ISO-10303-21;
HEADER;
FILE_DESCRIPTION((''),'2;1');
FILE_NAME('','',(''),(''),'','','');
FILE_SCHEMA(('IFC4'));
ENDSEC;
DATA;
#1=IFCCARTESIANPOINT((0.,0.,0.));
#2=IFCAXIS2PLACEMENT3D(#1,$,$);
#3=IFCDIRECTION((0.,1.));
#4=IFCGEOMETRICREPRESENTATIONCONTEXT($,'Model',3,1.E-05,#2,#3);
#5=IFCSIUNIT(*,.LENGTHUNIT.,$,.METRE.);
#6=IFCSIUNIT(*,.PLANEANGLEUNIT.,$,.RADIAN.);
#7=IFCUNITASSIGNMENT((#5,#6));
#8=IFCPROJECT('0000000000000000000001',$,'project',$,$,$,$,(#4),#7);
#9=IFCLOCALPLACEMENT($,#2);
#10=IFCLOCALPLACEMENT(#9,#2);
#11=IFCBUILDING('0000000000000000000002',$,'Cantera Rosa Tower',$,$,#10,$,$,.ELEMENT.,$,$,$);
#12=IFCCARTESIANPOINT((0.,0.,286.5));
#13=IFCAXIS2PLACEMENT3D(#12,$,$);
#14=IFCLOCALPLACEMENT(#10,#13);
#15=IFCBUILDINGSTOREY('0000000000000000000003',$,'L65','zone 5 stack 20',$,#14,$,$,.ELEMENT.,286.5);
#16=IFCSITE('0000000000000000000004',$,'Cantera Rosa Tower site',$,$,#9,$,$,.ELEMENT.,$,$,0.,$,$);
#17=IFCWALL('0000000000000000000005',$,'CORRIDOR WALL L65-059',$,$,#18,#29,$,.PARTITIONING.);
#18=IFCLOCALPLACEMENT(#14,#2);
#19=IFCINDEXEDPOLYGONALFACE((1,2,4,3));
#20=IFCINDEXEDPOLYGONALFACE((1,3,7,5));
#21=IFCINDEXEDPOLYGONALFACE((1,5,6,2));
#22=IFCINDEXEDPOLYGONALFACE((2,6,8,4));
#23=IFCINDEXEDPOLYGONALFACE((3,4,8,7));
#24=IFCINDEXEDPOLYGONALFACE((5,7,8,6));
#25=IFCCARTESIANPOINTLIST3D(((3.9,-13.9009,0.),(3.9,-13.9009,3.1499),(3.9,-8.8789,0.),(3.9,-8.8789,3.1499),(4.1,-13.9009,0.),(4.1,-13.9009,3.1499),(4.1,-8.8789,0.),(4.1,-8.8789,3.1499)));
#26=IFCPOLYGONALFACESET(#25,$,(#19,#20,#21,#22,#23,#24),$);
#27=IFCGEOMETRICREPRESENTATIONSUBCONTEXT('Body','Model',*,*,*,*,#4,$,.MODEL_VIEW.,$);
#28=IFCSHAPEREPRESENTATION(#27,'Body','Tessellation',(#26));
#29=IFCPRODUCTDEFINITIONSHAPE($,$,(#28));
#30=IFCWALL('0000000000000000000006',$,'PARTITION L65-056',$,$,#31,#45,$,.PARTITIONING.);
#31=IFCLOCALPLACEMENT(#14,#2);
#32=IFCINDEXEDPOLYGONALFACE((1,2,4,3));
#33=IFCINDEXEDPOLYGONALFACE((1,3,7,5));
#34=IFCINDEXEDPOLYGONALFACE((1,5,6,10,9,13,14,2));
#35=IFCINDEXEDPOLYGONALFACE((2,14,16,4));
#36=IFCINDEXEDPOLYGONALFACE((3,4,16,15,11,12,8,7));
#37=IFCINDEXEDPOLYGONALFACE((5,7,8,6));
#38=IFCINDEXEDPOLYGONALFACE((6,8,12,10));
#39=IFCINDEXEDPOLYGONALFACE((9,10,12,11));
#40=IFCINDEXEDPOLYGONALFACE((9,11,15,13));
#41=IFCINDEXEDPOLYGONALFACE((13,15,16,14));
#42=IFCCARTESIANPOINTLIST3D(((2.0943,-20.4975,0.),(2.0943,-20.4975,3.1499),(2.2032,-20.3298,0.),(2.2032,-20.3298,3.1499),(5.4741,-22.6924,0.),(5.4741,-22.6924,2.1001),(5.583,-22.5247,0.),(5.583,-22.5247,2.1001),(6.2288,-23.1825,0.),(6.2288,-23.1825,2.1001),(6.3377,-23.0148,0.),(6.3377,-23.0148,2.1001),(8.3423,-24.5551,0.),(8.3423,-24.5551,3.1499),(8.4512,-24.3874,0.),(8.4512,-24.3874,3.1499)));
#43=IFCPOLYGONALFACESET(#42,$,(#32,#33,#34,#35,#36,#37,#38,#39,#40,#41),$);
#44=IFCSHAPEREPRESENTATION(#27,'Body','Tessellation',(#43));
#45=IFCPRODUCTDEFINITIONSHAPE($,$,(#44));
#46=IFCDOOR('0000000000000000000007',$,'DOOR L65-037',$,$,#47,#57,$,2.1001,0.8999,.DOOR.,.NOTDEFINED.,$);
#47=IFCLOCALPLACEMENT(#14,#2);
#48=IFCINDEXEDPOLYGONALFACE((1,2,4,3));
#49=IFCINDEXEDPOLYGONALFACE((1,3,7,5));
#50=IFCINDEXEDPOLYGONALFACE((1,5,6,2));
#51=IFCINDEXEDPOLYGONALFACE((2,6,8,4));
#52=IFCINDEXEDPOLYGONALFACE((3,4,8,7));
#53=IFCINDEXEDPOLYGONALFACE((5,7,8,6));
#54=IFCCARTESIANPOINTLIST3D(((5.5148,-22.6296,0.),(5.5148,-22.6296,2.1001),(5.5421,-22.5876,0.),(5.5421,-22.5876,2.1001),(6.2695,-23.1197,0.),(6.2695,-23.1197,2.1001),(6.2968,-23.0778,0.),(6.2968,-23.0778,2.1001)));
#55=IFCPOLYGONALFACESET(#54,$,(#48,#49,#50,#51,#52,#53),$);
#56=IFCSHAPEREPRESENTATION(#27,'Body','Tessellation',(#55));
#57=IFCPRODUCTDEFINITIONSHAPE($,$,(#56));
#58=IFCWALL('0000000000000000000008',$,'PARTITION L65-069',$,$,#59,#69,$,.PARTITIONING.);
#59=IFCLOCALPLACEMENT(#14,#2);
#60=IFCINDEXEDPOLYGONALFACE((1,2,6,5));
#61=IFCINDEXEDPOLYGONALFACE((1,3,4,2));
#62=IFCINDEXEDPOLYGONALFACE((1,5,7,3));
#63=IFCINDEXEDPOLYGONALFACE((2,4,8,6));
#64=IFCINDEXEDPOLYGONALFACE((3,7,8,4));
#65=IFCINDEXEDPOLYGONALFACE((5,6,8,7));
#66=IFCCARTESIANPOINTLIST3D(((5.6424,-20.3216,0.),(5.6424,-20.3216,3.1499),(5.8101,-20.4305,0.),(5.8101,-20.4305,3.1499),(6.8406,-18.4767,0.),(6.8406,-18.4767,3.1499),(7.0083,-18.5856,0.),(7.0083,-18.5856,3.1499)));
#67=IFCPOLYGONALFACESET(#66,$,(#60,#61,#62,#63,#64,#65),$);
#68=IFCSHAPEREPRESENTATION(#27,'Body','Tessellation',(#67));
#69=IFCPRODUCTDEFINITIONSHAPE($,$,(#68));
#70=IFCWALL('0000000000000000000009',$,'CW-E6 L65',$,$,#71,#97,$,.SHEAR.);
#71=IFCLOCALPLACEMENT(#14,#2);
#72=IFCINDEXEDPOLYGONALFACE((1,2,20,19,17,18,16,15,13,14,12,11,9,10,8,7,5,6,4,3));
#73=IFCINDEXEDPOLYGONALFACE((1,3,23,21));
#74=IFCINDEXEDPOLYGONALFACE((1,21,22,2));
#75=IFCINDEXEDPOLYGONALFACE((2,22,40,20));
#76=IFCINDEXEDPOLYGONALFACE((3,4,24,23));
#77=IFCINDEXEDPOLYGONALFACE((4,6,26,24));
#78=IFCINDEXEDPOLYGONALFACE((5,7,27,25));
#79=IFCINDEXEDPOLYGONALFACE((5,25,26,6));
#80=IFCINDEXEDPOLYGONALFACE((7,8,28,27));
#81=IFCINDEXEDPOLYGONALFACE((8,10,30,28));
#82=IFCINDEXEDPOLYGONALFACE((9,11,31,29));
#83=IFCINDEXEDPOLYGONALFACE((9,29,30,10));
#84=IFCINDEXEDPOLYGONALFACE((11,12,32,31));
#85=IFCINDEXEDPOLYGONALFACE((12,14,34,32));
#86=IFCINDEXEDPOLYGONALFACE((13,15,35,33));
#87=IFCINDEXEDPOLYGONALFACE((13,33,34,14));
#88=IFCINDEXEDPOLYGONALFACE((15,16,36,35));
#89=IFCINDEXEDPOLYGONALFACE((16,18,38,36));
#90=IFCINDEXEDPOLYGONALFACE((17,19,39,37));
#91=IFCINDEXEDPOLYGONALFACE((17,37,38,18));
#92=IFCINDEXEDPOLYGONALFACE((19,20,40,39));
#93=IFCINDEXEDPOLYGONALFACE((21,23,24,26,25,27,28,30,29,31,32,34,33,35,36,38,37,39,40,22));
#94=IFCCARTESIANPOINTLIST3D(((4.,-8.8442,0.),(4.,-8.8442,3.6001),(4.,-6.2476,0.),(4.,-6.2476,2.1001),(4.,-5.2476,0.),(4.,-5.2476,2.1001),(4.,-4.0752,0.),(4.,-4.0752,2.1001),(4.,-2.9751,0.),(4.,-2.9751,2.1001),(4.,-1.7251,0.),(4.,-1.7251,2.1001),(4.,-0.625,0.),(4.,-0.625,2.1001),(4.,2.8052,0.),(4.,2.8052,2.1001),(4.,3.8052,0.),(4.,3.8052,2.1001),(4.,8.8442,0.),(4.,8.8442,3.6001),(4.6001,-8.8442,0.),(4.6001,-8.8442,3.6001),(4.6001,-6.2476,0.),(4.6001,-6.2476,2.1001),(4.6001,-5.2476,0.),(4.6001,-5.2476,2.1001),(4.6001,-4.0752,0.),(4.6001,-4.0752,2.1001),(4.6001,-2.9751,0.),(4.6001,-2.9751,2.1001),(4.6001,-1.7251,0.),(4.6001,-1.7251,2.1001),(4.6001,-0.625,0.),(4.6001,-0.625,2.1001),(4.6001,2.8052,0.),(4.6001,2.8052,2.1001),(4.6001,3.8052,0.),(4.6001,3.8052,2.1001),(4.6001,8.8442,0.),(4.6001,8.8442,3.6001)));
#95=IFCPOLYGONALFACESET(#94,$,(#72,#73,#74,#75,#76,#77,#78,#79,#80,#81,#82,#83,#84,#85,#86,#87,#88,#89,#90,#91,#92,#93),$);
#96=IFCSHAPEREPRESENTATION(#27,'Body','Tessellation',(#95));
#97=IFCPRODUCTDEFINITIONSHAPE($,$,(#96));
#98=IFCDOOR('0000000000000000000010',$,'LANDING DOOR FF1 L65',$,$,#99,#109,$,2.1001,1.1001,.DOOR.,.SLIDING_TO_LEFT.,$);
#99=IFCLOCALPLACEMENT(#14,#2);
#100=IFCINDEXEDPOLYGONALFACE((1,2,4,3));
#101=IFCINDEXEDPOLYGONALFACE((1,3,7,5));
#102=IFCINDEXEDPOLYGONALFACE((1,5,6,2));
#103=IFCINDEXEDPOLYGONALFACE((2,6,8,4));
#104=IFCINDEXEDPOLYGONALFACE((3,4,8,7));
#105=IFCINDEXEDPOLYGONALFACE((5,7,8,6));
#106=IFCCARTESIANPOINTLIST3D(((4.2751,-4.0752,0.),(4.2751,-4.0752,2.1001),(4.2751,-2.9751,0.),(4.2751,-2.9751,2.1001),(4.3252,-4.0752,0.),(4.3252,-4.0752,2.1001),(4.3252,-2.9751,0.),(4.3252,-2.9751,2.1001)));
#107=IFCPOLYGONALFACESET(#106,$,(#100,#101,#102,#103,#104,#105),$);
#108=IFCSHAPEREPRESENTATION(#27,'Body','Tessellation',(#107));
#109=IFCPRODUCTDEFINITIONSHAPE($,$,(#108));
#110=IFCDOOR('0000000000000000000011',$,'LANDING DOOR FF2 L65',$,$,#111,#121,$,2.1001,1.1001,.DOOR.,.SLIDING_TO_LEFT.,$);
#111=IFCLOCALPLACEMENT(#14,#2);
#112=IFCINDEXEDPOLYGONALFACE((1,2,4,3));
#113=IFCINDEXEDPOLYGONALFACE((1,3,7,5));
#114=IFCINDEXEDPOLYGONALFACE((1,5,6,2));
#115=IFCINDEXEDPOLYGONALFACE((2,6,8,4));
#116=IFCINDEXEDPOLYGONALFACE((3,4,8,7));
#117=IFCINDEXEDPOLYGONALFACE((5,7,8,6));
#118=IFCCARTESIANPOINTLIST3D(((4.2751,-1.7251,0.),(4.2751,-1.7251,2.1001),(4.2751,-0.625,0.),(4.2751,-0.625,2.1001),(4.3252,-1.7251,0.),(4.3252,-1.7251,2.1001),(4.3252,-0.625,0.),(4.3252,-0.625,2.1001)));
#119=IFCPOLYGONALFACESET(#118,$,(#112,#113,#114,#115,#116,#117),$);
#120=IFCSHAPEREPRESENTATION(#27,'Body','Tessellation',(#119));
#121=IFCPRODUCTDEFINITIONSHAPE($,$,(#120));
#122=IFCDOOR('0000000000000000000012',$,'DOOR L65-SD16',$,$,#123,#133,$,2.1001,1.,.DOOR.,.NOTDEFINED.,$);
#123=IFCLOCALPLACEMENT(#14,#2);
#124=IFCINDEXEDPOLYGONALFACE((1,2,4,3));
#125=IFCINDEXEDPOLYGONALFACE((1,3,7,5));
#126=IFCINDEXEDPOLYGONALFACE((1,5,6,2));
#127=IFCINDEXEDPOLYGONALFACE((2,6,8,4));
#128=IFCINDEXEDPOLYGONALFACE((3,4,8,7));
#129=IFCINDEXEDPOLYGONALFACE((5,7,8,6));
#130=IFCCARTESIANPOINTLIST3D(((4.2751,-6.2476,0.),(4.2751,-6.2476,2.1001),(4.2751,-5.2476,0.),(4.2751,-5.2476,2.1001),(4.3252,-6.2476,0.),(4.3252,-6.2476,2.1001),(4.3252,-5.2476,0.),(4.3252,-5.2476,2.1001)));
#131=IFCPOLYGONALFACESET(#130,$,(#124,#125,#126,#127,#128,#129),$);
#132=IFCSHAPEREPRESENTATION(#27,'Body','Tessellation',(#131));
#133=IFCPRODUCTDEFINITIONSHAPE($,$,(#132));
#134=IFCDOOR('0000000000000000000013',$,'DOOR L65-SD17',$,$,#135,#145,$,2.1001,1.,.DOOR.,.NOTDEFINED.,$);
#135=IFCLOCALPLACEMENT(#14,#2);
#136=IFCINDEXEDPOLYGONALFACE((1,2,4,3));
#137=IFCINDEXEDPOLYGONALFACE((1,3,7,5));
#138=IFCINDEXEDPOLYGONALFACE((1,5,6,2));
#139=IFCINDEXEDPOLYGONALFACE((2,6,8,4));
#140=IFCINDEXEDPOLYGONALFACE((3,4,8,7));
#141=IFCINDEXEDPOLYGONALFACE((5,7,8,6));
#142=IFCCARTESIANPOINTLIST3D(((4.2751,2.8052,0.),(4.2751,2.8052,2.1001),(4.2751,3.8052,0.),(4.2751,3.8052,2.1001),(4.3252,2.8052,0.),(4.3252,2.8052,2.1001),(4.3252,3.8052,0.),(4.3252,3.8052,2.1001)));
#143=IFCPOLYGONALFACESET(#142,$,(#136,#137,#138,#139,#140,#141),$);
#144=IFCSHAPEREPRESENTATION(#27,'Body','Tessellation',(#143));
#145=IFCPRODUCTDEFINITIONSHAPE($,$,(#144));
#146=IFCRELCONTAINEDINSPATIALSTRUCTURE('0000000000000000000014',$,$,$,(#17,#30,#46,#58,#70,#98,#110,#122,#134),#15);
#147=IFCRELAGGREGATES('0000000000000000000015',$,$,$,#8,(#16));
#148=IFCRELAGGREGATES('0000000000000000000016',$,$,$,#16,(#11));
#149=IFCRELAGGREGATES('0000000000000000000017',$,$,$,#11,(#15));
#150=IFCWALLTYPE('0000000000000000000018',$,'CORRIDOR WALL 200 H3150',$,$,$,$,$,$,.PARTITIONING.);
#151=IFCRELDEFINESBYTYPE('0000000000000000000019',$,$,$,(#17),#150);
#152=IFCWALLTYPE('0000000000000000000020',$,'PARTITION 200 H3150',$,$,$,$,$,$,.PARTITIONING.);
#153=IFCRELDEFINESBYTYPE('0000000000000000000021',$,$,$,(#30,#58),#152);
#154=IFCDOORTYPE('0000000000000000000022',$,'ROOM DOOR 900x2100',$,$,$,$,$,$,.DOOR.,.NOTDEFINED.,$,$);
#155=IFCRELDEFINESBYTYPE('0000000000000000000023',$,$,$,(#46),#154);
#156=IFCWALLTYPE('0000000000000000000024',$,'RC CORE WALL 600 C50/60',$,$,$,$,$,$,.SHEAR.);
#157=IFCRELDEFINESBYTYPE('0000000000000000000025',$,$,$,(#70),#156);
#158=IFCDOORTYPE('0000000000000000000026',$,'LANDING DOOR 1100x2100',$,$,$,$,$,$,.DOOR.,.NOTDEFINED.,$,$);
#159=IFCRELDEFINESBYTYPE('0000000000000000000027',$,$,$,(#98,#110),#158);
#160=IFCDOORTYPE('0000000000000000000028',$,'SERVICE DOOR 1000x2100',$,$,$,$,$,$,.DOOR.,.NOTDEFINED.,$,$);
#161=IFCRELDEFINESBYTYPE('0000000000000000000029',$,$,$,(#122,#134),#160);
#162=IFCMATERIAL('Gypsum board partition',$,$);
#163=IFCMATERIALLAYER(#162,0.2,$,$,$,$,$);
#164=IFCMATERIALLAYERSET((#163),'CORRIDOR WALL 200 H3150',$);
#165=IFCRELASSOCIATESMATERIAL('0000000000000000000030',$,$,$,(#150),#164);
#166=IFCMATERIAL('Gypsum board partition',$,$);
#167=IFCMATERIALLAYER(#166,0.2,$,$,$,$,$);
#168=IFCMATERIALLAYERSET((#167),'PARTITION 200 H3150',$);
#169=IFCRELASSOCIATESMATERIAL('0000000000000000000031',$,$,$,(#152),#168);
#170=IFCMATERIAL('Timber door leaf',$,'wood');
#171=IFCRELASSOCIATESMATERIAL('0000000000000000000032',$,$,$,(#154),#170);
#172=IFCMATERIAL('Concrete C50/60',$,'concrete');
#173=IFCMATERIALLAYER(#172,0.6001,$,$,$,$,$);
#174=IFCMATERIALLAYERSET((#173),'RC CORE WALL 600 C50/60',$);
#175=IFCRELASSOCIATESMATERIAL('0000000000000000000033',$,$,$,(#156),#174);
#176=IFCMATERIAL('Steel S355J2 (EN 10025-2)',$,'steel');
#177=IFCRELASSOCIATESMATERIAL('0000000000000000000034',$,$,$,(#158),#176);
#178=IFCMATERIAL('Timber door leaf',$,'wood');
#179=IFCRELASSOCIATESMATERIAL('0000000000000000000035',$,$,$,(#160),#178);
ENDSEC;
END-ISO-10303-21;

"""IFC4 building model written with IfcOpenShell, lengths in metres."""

from ifc_helpers import new_model, si_unit, direction, frame, frame_2d, origin, place, context, subcontext, project, spatial, rectangle, extrude, material, layer, layer_set, type_object, element, fill, save


model = new_model("IFC4")

# Units and contexts
model_context = context("Model", 3, precision=1e-05, world=origin(), true_north=direction((0.0, 1.0)))
body_context = subcontext(model_context, "Body", "Model", "MODEL_VIEW")
ifc_project = project(units=[si_unit("LENGTHUNIT", "METRE"), si_unit("PLANEANGLEUNIT", "RADIAN")], contexts=[model_context])

# Site, building, storey
site_placement = place(None, origin())
site = spatial("IfcSite", under=ifc_project, at=site_placement, Name="Cantera Rosa Tower site", CompositionType="ELEMENT", RefElevation=0.0)
building_placement = place(site_placement, origin())
building = spatial("IfcBuilding", under=site, at=building_placement, Name="Cantera Rosa Tower", CompositionType="ELEMENT")
storey_placement = place(building_placement, frame((0.0, 0.0, 286.5)))
storey = spatial("IfcBuildingStorey", under=building, at=storey_placement, Name="L65", Description="zone 5 stack 20", CompositionType="ELEMENT", Elevation=286.5)

# Shared definitions
ifc_material_1 = material(Name="Gypsum board partition")
ifc_layer_1 = layer(ifc_material_1, 0.2)
ifc_layer_set_1 = layer_set([ifc_layer_1], Name="CORRIDOR WALL 200 H3150")
wall_type_1 = type_object("IfcWallType", Name="CORRIDOR WALL 200 H3150", PredefinedType="PARTITIONING", material=ifc_layer_set_1)

# Wall
wall_1_placement = place(storey_placement, frame((4.0, -13.9009, 0.0), z_axis=(0.0, 0.0, 1.0), x_axis=(0.0, 1.0, 0.0)))
element("IfcWall", 1, at=wall_1_placement, inside=storey, type_object=wall_type_1, Name="CORRIDOR WALL L65-059", PredefinedType="PARTITIONING", context=body_context, shape_type="SweptSolid", body=[
    extrude(rectangle(XDim=5.022, YDim=0.2, at=frame_2d((2.511, 0.0))), origin(), (0.0, 0.0, 1.0), 3.1499),
])

# Wall, opening, door
ifc_material_2 = material(Name="Gypsum board partition")
ifc_layer_2 = layer(ifc_material_2, 0.2)
ifc_layer_set_2 = layer_set([ifc_layer_2], Name="PARTITION 200 H3150")
wall_type_2 = type_object("IfcWallType", Name="PARTITION 200 H3150", PredefinedType="PARTITIONING", material=ifc_layer_set_2)
wall_2_placement = place(storey_placement, frame((2.1487, -20.4136, 0.0), z_axis=(0.0, 0.0, 1.0), x_axis=(0.838665, -0.544647, 0.0)))
wall_2 = element("IfcWall", 2, at=wall_2_placement, inside=storey, type_object=wall_type_2, Name="PARTITION L65-056", PredefinedType="PARTITIONING", context=body_context, shape_type="SweptSolid", body=[
    extrude(rectangle(XDim=7.45, YDim=0.2, at=frame_2d((3.7251, 0.0))), origin(), (0.0, 0.0, 1.0), 3.1499),
])
opening_1_placement = place(wall_2_placement, frame((4.03, 0.0, 0.0)))
opening_1 = element("IfcOpeningElement", 3, at=opening_1_placement, cuts=wall_2, PredefinedType="OPENING", context=body_context, shape_type="SweptSolid", body=[
    extrude(rectangle(XDim=0.8999, YDim=2.1001, at=frame_2d((0.45, 1.05))), frame((0.0, 0.1099, 0.0), z_axis=(0.0, -1.0, 0.0), x_axis=(1.0, 0.0, 0.0)), (0.0, 0.0, 1.0), 0.22),
])
ifc_material_3 = material(Name="Timber door leaf", Category="wood")
door_type_1 = type_object("IfcDoorType", Name="ROOM DOOR 900x2100", OperationType="NOTDEFINED", PredefinedType="DOOR", material=ifc_material_3)
door_1_placement = place(opening_1_placement, origin())
door_1 = element("IfcDoor", 4, at=door_1_placement, inside=storey, type_object=door_type_1, Name="DOOR L65-037", OperationType="NOTDEFINED", OverallHeight=2.1001, OverallWidth=0.8999, PredefinedType="DOOR", context=body_context, shape_type="SweptSolid", body=[
    extrude(rectangle(XDim=0.8999, YDim=2.1001, at=frame_2d((0.45, 1.05))), frame((0.0, 0.0249, 0.0), z_axis=(0.0, -1.0, 0.0), x_axis=(1.0, 0.0, 0.0)), (0.0, 0.0, 1.0), 0.05),
])
fill(opening_1, door_1)

# Wall
wall_3_placement = place(storey_placement, frame((6.9246, -18.531, 0.0), z_axis=(0.0, 0.0, 1.0), x_axis=(-0.544672, -0.838649, 0.0)))
element("IfcWall", 5, at=wall_3_placement, inside=storey, type_object=wall_type_2, Name="PARTITION L65-069", PredefinedType="PARTITIONING", context=body_context, shape_type="SweptSolid", body=[
    extrude(rectangle(XDim=2.2, YDim=0.2, at=frame_2d((1.1001, 0.0))), origin(), (0.0, 0.0, 1.0), 3.1499),
])

# Wall, openings, doors
ifc_material_4 = material(Name="Concrete C50/60", Category="concrete")
ifc_layer_3 = layer(ifc_material_4, 0.6001)
ifc_layer_set_3 = layer_set([ifc_layer_3], Name="RC CORE WALL 600 C50/60")
wall_type_3 = type_object("IfcWallType", Name="RC CORE WALL 600 C50/60", PredefinedType="SHEAR", material=ifc_layer_set_3)
wall_4_placement = place(storey_placement, frame((4.3, -8.8442, 0.0), z_axis=(0.0, 0.0, 1.0), x_axis=(0.0, 1.0, 0.0)))
wall_4 = element("IfcWall", 6, at=wall_4_placement, inside=storey, type_object=wall_type_3, Name="CW-E6 L65", PredefinedType="SHEAR", context=body_context, shape_type="SweptSolid", body=[
    extrude(rectangle(XDim=17.6885, YDim=0.6001, at=frame_2d((8.8442, 0.0))), origin(), (0.0, 0.0, 1.0), 3.6001),
])
opening_2_placement = place(wall_4_placement, frame((4.769, 0.0, 0.0)))
opening_2 = element("IfcOpeningElement", 7, at=opening_2_placement, cuts=wall_4, PredefinedType="OPENING", context=body_context, shape_type="SweptSolid", body=[
    extrude(rectangle(XDim=1.1001, YDim=2.1001, at=frame_2d((0.55, 1.05))), frame((0.0, 0.3101, 0.0), z_axis=(0.0, -1.0, 0.0), x_axis=(1.0, 0.0, 0.0)), (0.0, 0.0, 1.0), 0.6201),
])
opening_3_placement = place(wall_4_placement, frame((7.1191, 0.0, 0.0)))
opening_3 = element("IfcOpeningElement", 8, at=opening_3_placement, cuts=wall_4, PredefinedType="OPENING", context=body_context, shape_type="SweptSolid", body=[
    extrude(rectangle(XDim=1.1001, YDim=2.1001, at=frame_2d((0.55, 1.05))), frame((0.0, 0.3101, 0.0), z_axis=(0.0, -1.0, 0.0), x_axis=(1.0, 0.0, 0.0)), (0.0, 0.0, 1.0), 0.6201),
])
opening_4_placement = place(wall_4_placement, frame((2.5967, 0.0, 0.0)))
opening_4 = element("IfcOpeningElement", 9, at=opening_4_placement, cuts=wall_4, PredefinedType="OPENING", context=body_context, shape_type="SweptSolid", body=[
    extrude(rectangle(XDim=1.0, YDim=2.1001, at=frame_2d((0.5, 1.05))), frame((0.0, 0.3101, 0.0), z_axis=(0.0, -1.0, 0.0), x_axis=(1.0, 0.0, 0.0)), (0.0, 0.0, 1.0), 0.6201),
])
opening_5_placement = place(wall_4_placement, frame((11.6494, 0.0, 0.0)))
opening_5 = element("IfcOpeningElement", 10, at=opening_5_placement, cuts=wall_4, PredefinedType="OPENING", context=body_context, shape_type="SweptSolid", body=[
    extrude(rectangle(XDim=1.0, YDim=2.1001, at=frame_2d((0.5, 1.05))), frame((0.0, 0.3101, 0.0), z_axis=(0.0, -1.0, 0.0), x_axis=(1.0, 0.0, 0.0)), (0.0, 0.0, 1.0), 0.6201),
])
ifc_material_5 = material(Name="Steel S355J2 (EN 10025-2)", Category="steel")
door_type_2 = type_object("IfcDoorType", Name="LANDING DOOR 1100x2100", OperationType="NOTDEFINED", PredefinedType="DOOR", material=ifc_material_5)
door_2_placement = place(opening_2_placement, origin())
door_2 = element("IfcDoor", 11, at=door_2_placement, inside=storey, type_object=door_type_2, Name="LANDING DOOR FF1 L65", OperationType="SLIDING_TO_LEFT", OverallHeight=2.1001, OverallWidth=1.1001, PredefinedType="DOOR", context=body_context, shape_type="SweptSolid", body=[
    extrude(rectangle(XDim=1.1001, YDim=2.1001, at=frame_2d((0.55, 1.05))), frame((0.0, 0.0249, 0.0), z_axis=(0.0, -1.0, 0.0), x_axis=(1.0, 0.0, 0.0)), (0.0, 0.0, 1.0), 0.05),
])
fill(opening_2, door_2)
door_3_placement = place(opening_3_placement, origin())
door_3 = element("IfcDoor", 12, at=door_3_placement, inside=storey, type_object=door_type_2, Name="LANDING DOOR FF2 L65", OperationType="SLIDING_TO_LEFT", OverallHeight=2.1001, OverallWidth=1.1001, PredefinedType="DOOR", context=body_context, shape_type="SweptSolid", body=[
    extrude(rectangle(XDim=1.1001, YDim=2.1001, at=frame_2d((0.55, 1.05))), frame((0.0, 0.0249, 0.0), z_axis=(0.0, -1.0, 0.0), x_axis=(1.0, 0.0, 0.0)), (0.0, 0.0, 1.0), 0.05),
])
fill(opening_3, door_3)
ifc_material_6 = material(Name="Timber door leaf", Category="wood")
door_type_3 = type_object("IfcDoorType", Name="SERVICE DOOR 1000x2100", OperationType="NOTDEFINED", PredefinedType="DOOR", material=ifc_material_6)
door_4_placement = place(opening_4_placement, origin())
door_4 = element("IfcDoor", 13, at=door_4_placement, inside=storey, type_object=door_type_3, Name="DOOR L65-SD16", OperationType="NOTDEFINED", OverallHeight=2.1001, OverallWidth=1.0, PredefinedType="DOOR", context=body_context, shape_type="SweptSolid", body=[
    extrude(rectangle(XDim=1.0, YDim=2.1001, at=frame_2d((0.5, 1.05))), frame((0.0, 0.0249, 0.0), z_axis=(0.0, -1.0, 0.0), x_axis=(1.0, 0.0, 0.0)), (0.0, 0.0, 1.0), 0.05),
])
fill(opening_4, door_4)
door_5_placement = place(opening_5_placement, origin())
door_5 = element("IfcDoor", 14, at=door_5_placement, inside=storey, type_object=door_type_3, Name="DOOR L65-SD17", OperationType="NOTDEFINED", OverallHeight=2.1001, OverallWidth=1.0, PredefinedType="DOOR", context=body_context, shape_type="SweptSolid", body=[
    extrude(rectangle(XDim=1.0, YDim=2.1001, at=frame_2d((0.5, 1.05))), frame((0.0, 0.0249, 0.0), z_axis=(0.0, -1.0, 0.0), x_axis=(1.0, 0.0, 0.0)), (0.0, 0.0, 1.0), 0.05),
])
fill(opening_5, door_5)

save(model, "model.ifc")
